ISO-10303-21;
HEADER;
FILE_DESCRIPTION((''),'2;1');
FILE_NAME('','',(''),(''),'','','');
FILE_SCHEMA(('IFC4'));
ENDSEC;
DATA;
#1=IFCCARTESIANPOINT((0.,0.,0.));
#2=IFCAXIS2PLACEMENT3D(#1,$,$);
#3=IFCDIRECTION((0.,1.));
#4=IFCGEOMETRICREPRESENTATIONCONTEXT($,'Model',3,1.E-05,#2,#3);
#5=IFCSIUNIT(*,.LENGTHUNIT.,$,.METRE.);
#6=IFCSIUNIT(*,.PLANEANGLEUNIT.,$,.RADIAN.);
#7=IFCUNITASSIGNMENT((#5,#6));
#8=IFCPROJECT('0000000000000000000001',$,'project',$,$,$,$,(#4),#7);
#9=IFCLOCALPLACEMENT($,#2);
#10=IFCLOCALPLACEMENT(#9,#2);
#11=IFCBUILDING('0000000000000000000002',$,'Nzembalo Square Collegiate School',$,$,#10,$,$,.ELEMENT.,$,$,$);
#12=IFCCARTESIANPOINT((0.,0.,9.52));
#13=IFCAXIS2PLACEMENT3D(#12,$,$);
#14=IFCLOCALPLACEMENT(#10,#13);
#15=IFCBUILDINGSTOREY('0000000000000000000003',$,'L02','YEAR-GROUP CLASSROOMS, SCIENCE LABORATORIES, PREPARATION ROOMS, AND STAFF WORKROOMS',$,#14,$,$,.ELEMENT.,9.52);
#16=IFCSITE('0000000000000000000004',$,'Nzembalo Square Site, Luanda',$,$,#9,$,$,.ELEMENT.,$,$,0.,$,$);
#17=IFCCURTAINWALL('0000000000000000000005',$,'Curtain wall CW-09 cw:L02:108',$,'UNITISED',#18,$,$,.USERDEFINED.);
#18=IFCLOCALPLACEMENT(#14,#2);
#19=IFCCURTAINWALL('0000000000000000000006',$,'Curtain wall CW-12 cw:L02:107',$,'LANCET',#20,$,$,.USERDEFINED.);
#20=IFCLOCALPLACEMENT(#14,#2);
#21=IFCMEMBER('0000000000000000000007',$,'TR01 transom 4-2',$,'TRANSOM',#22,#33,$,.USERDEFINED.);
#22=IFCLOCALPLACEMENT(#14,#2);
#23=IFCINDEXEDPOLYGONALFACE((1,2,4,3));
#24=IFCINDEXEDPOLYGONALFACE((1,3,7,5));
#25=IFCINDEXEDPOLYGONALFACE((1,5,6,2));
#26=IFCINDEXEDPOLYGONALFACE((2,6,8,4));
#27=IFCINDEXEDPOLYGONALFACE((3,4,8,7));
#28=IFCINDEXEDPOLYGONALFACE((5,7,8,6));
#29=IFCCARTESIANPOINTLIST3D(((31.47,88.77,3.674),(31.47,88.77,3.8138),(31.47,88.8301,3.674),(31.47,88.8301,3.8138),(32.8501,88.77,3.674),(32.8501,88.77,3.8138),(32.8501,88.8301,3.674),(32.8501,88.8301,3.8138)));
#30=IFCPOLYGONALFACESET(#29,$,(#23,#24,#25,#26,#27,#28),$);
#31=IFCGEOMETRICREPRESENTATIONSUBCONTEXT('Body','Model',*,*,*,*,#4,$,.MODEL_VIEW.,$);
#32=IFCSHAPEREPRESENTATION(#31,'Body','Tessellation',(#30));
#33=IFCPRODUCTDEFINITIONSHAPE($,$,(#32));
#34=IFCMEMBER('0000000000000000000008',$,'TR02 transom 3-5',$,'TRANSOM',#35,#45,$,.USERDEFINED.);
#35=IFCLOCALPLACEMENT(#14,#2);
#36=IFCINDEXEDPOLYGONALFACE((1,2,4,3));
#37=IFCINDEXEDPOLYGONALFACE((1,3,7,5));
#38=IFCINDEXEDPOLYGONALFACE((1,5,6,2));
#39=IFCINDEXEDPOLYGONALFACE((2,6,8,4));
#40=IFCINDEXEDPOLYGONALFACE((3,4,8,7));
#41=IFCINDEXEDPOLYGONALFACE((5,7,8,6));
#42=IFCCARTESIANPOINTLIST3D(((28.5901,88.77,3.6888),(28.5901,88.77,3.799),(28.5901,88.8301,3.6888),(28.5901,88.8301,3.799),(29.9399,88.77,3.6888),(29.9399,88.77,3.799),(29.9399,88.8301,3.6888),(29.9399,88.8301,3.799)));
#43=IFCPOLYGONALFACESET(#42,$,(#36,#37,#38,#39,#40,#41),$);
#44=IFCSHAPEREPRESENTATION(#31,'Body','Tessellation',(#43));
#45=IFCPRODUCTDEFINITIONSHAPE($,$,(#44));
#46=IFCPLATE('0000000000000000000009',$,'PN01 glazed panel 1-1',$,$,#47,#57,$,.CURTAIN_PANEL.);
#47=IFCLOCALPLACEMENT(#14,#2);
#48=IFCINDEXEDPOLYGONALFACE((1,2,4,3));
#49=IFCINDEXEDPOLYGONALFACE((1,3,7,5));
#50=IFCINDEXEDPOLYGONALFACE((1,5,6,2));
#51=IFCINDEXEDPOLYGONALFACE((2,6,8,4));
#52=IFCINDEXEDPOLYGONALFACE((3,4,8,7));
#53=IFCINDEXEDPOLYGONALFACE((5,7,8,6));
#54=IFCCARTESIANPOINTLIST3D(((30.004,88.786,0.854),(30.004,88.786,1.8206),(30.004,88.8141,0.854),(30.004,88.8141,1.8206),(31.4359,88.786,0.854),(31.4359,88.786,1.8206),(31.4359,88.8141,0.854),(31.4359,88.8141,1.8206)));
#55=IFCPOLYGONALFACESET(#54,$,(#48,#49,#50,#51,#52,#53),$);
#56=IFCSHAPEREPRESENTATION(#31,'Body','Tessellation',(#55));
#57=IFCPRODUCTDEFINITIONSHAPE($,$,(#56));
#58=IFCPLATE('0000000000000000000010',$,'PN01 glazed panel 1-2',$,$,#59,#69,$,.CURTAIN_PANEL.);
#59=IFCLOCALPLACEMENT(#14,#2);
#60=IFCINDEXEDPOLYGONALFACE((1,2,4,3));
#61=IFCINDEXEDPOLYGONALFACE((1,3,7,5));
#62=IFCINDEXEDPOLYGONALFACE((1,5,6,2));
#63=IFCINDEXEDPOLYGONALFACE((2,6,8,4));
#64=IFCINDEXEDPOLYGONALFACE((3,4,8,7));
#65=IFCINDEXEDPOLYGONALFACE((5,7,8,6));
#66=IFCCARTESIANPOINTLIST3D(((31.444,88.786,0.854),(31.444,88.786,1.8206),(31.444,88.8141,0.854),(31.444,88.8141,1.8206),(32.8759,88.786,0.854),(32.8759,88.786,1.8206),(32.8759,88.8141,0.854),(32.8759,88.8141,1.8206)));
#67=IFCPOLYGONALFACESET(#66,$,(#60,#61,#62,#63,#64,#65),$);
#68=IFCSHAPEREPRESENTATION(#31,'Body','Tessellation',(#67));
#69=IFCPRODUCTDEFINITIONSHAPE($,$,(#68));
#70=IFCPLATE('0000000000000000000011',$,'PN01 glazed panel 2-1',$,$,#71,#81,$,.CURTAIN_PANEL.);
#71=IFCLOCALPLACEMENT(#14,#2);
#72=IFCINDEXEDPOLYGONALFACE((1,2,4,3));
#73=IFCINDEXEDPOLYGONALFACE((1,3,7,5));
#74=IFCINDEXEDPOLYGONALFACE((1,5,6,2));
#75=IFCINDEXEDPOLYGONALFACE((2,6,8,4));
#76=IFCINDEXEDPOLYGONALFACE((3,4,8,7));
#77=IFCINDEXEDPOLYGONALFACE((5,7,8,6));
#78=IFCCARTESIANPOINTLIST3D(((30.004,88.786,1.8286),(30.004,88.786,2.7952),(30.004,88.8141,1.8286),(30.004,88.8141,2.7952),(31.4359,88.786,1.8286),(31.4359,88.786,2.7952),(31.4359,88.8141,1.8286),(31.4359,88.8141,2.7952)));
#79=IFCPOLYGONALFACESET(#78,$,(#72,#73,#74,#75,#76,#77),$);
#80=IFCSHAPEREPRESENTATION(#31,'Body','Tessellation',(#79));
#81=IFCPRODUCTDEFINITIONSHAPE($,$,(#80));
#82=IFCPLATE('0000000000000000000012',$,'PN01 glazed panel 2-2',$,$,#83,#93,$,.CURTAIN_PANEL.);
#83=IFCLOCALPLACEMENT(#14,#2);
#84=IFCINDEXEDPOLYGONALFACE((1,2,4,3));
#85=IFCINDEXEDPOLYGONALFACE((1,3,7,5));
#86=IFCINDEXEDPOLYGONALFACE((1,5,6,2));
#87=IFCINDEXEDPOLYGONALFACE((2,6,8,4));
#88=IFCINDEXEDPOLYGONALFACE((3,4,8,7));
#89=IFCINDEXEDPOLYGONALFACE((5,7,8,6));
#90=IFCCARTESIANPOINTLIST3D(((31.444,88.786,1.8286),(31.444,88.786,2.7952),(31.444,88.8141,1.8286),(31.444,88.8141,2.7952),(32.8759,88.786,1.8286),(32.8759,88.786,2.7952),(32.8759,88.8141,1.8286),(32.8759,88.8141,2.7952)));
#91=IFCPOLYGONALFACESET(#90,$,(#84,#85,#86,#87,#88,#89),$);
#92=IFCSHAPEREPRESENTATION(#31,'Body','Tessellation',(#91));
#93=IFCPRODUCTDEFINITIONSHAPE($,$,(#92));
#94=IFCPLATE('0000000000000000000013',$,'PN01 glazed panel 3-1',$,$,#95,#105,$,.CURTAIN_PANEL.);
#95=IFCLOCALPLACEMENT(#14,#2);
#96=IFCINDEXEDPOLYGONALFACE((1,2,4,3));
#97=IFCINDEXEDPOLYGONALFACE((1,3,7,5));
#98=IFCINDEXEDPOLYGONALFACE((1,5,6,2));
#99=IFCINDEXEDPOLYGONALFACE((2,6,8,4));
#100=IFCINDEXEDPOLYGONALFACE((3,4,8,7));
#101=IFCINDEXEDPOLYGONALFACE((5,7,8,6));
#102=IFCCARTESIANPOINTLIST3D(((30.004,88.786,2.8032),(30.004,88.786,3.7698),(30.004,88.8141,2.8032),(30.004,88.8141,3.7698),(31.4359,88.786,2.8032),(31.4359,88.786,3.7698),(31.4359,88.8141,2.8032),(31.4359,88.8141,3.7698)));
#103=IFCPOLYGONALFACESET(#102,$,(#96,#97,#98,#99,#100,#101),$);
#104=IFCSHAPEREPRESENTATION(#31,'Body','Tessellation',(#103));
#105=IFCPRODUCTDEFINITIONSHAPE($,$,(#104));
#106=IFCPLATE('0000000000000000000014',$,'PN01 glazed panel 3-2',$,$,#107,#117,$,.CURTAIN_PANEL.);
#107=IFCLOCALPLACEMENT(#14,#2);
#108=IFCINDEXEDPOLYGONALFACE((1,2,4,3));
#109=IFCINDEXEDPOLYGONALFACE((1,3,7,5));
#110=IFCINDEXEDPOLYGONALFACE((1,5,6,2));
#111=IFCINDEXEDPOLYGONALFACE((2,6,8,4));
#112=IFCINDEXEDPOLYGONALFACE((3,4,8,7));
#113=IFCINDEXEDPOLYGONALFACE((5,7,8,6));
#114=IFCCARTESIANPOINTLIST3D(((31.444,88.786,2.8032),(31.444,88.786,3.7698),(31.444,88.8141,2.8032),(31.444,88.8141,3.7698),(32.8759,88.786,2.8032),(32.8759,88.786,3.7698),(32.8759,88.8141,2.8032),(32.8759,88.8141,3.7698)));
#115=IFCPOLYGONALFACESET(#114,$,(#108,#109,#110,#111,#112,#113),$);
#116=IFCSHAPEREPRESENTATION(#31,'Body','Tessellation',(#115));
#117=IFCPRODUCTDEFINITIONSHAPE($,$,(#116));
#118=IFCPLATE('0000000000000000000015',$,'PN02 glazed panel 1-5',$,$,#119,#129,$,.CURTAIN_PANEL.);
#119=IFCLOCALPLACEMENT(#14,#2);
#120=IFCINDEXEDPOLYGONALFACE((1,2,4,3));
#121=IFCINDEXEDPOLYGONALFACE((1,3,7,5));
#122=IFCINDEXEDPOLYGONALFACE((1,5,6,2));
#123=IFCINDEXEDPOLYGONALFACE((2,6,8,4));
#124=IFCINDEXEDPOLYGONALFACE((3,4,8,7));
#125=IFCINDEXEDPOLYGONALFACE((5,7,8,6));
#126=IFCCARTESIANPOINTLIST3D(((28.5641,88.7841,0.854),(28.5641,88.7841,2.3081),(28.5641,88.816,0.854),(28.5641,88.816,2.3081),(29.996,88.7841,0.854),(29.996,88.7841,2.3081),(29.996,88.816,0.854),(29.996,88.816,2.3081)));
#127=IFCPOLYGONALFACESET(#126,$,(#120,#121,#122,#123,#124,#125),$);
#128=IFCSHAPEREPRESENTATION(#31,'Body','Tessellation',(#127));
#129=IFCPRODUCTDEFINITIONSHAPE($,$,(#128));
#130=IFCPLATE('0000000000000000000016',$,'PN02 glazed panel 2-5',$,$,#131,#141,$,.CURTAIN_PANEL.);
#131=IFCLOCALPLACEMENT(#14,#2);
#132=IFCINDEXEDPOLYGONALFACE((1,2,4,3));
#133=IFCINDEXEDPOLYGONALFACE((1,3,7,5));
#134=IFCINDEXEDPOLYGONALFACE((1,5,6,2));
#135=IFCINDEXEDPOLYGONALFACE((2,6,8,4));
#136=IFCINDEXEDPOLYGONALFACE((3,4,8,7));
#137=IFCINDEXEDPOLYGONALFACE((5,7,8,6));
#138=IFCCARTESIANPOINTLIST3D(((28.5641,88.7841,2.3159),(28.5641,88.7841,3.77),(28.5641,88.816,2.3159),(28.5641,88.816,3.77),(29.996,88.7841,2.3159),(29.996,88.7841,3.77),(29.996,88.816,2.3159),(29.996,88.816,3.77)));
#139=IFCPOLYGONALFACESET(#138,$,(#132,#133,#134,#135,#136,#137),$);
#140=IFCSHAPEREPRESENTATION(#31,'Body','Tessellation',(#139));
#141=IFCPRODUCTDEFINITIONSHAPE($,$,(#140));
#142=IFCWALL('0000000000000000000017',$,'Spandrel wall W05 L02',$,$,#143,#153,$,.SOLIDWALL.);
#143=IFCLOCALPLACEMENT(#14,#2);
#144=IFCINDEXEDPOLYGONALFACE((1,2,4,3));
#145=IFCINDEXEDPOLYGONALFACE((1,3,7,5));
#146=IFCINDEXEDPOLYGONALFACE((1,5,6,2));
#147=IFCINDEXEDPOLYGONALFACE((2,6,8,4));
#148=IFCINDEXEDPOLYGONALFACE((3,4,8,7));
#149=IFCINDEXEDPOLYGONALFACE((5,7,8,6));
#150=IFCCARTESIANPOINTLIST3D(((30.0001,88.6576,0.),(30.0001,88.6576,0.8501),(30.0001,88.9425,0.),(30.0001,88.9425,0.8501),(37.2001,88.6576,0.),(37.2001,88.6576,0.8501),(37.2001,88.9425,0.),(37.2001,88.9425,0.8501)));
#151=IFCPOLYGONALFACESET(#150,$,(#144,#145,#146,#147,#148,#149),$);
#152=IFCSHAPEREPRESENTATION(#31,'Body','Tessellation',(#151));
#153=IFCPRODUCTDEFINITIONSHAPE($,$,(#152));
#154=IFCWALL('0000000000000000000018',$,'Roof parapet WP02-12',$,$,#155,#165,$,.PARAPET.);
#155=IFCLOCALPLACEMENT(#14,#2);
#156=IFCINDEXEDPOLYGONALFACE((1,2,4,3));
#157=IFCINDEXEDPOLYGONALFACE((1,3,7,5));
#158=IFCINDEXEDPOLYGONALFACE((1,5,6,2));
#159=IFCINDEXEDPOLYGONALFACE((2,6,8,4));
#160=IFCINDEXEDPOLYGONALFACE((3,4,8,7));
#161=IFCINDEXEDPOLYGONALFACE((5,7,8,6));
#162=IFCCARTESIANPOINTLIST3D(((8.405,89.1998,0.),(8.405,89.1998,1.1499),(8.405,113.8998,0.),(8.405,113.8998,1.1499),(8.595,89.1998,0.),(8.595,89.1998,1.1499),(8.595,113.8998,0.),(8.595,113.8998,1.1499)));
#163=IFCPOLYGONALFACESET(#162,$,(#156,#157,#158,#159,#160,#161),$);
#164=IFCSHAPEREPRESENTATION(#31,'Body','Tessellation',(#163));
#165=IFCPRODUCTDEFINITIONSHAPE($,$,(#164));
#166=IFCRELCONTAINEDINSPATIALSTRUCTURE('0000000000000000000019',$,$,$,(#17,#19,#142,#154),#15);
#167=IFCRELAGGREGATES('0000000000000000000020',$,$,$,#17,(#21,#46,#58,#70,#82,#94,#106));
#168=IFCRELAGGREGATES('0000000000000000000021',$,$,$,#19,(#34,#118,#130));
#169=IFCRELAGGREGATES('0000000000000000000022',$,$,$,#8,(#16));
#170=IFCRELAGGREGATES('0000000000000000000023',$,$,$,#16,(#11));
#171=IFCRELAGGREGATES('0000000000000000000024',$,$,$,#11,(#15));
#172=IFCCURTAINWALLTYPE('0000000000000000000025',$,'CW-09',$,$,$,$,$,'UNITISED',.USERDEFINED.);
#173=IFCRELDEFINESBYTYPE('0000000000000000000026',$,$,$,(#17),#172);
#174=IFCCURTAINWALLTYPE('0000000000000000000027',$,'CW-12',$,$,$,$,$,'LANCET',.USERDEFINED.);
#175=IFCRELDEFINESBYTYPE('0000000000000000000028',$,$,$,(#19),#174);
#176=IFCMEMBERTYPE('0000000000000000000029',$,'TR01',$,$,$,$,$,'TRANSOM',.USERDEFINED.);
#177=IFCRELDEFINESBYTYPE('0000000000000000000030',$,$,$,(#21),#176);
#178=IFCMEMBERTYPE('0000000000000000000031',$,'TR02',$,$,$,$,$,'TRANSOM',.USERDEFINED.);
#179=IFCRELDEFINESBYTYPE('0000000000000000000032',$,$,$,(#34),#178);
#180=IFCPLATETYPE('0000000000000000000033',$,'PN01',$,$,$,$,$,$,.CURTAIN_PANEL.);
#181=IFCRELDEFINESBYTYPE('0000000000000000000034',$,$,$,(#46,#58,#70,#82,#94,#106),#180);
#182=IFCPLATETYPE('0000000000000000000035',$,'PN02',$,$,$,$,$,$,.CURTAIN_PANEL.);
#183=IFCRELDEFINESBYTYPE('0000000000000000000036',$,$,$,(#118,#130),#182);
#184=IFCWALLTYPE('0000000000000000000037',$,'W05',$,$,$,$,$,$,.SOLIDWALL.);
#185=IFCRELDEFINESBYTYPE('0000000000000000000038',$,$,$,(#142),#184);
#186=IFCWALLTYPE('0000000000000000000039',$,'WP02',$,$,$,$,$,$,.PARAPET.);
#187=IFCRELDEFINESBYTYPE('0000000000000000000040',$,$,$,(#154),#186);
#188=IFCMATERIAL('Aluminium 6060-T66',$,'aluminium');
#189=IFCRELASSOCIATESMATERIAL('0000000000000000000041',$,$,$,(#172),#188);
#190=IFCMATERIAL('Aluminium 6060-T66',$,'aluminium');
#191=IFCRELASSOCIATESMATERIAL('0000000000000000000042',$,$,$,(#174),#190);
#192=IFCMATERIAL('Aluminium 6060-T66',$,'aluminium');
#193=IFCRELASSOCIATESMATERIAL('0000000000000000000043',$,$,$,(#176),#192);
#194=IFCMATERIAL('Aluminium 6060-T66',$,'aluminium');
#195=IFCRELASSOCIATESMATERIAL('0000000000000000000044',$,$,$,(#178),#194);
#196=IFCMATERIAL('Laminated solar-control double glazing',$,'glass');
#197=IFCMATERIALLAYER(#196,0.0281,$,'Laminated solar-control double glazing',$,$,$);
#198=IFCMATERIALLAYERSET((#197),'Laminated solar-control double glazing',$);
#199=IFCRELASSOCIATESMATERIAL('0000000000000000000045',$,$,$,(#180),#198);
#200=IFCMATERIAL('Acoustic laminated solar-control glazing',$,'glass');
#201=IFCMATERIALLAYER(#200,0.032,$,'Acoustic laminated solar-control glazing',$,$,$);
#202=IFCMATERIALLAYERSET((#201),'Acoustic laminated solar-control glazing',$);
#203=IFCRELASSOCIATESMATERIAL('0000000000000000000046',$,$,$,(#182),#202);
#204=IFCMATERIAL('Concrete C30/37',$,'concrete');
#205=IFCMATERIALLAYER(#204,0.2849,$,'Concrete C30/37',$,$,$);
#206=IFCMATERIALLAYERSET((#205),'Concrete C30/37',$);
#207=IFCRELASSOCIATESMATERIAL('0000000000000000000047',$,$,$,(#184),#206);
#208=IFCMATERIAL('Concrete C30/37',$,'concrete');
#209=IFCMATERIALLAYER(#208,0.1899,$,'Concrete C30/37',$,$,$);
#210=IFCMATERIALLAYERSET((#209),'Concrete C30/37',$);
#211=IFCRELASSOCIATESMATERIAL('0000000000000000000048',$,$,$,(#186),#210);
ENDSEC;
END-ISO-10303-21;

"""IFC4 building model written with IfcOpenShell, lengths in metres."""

from ifc_helpers import new_model, si_unit, direction, frame, frame_2d, origin, origin_2d, place, context, subcontext, project, spatial, rectangle, extrude, material, layer, layer_set, material_profile, profile_set, type_object, element, aggregate, save


model = new_model("IFC4")

# Units and contexts
model_context = context("Model", 3, precision=1e-05, world=origin(), true_north=direction((0.0, 1.0)))
body_context = subcontext(model_context, "Body", "Model", "MODEL_VIEW")
ifc_project = project(units=[si_unit("LENGTHUNIT", "METRE"), si_unit("PLANEANGLEUNIT", "RADIAN")], contexts=[model_context])

# Site, building, storey
site_placement = place(None, origin())
site = spatial("IfcSite", under=ifc_project, at=site_placement, Name="Nzembalo Square Site, Luanda", CompositionType="ELEMENT", RefElevation=0.0)
building_placement = place(site_placement, origin())
building = spatial("IfcBuilding", under=site, at=building_placement, Name="Nzembalo Square Collegiate School", CompositionType="ELEMENT")
storey_placement = place(building_placement, frame((0.0, 0.0, 9.52)))
storey = spatial("IfcBuildingStorey", under=building, at=storey_placement, Name="L02", Description="YEAR-GROUP CLASSROOMS, SCIENCE LABORATORIES, PREPARATION ROOMS, AND STAFF WORKROOMS", CompositionType="ELEMENT", Elevation=9.52)

# Curtain wall
ifc_material_1 = material(Name="Aluminium 6060-T66", Category="aluminium")
curtain_wall_type_1 = type_object("IfcCurtainWallType", Name="CW-09", ElementType="UNITISED", PredefinedType="USERDEFINED", material=ifc_material_1)
curtain_wall_1_placement = place(storey_placement, origin())
curtain_wall_1 = element("IfcCurtainWall", 1, at=curtain_wall_1_placement, inside=storey, type_object=curtain_wall_type_1, Name="Curtain wall CW-09 cw:L02:108", ObjectType="UNITISED", PredefinedType="USERDEFINED")

# Curtain wall
ifc_material_2 = material(Name="Aluminium 6060-T66", Category="aluminium")
curtain_wall_type_2 = type_object("IfcCurtainWallType", Name="CW-12", ElementType="LANCET", PredefinedType="USERDEFINED", material=ifc_material_2)
curtain_wall_2_placement = place(storey_placement, origin())
curtain_wall_2 = element("IfcCurtainWall", 2, at=curtain_wall_2_placement, inside=storey, type_object=curtain_wall_type_2, Name="Curtain wall CW-12 cw:L02:107", ObjectType="LANCET", PredefinedType="USERDEFINED")

# Members
ifc_material_3 = material(Name="Aluminium 6060-T66", Category="aluminium")
ifc_material_profile_1 = material_profile(ifc_material_3, rectangle(XDim=0.0601, YDim=0.1399, at=origin_2d()), Name="ALU T60x140")
ifc_profile_set_1 = profile_set([ifc_material_profile_1], Name="Aluminium 6060-T66")
member_type_1 = type_object("IfcMemberType", Name="TR01", ElementType="TRANSOM", PredefinedType="USERDEFINED", material=ifc_profile_set_1)
member_1_placement = place(storey_placement, frame((31.47, 88.8, 3.7439), z_axis=(1.0, 0.0, 0.0), x_axis=(0.0, 1.0, 0.0)))
member_1 = element("IfcMember", 3, at=member_1_placement, type_object=member_type_1, Name="TR01 transom 4-2", ObjectType="TRANSOM", PredefinedType="USERDEFINED", context=body_context, shape_type="SweptSolid", body=[
    extrude(rectangle(XDim=0.0601, YDim=0.1399, at=origin_2d()), origin(), (0.0, 0.0, 1.0), 1.3801),
])
ifc_material_4 = material(Name="Aluminium 6060-T66", Category="aluminium")
ifc_material_profile_2 = material_profile(ifc_material_4, rectangle(XDim=0.0601, YDim=0.1101, at=origin_2d()), Name="ALU T60x110")
ifc_profile_set_2 = profile_set([ifc_material_profile_2], Name="Aluminium 6060-T66")
member_type_2 = type_object("IfcMemberType", Name="TR02", ElementType="TRANSOM", PredefinedType="USERDEFINED", material=ifc_profile_set_2)
member_2_placement = place(storey_placement, frame((28.5901, 88.8, 3.7439), z_axis=(1.0, 0.0, 0.0), x_axis=(0.0, 1.0, 0.0)))
member_2 = element("IfcMember", 4, at=member_2_placement, type_object=member_type_2, Name="TR02 transom 3-5", ObjectType="TRANSOM", PredefinedType="USERDEFINED", context=body_context, shape_type="SweptSolid", body=[
    extrude(rectangle(XDim=0.0601, YDim=0.1101, at=origin_2d()), origin(), (0.0, 0.0, 1.0), 1.3499),
])

# Plates
ifc_material_5 = material(Name="Laminated solar-control double glazing", Category="glass")
ifc_layer_1 = layer(ifc_material_5, 0.0281, Name="Laminated solar-control double glazing")
ifc_layer_set_1 = layer_set([ifc_layer_1], Name="Laminated solar-control double glazing")
plate_type_1 = type_object("IfcPlateType", Name="PN01", PredefinedType="CURTAIN_PANEL", material=ifc_layer_set_1)
plate_1_placement = place(storey_placement, frame((30.72, 88.8, 0.854), z_axis=(0.0, 0.0, 1.0), x_axis=(1.0, 0.0, 0.0)))
plate_1 = element("IfcPlate", 5, at=plate_1_placement, type_object=plate_type_1, Name="PN01 glazed panel 1-1", PredefinedType="CURTAIN_PANEL", context=body_context, shape_type="SweptSolid", body=[
    extrude(rectangle(XDim=1.4319, YDim=0.0281, at=origin_2d()), origin(), (0.0, 0.0, 1.0), 0.9666),
])
plate_2_placement = place(storey_placement, frame((32.1599, 88.8, 0.854), z_axis=(0.0, 0.0, 1.0), x_axis=(1.0, 0.0, 0.0)))
plate_2 = element("IfcPlate", 6, at=plate_2_placement, type_object=plate_type_1, Name="PN01 glazed panel 1-2", PredefinedType="CURTAIN_PANEL", context=body_context, shape_type="SweptSolid", body=[
    extrude(rectangle(XDim=1.4319, YDim=0.0281, at=origin_2d()), origin(), (0.0, 0.0, 1.0), 0.9666),
])
plate_3_placement = place(storey_placement, frame((30.72, 88.8, 1.8286), z_axis=(0.0, 0.0, 1.0), x_axis=(1.0, 0.0, 0.0)))
plate_3 = element("IfcPlate", 7, at=plate_3_placement, type_object=plate_type_1, Name="PN01 glazed panel 2-1", PredefinedType="CURTAIN_PANEL", context=body_context, shape_type="SweptSolid", body=[
    extrude(rectangle(XDim=1.4319, YDim=0.0281, at=origin_2d()), origin(), (0.0, 0.0, 1.0), 0.9666),
])
plate_4_placement = place(storey_placement, frame((32.1599, 88.8, 1.8286), z_axis=(0.0, 0.0, 1.0), x_axis=(1.0, 0.0, 0.0)))
plate_4 = element("IfcPlate", 8, at=plate_4_placement, type_object=plate_type_1, Name="PN01 glazed panel 2-2", PredefinedType="CURTAIN_PANEL", context=body_context, shape_type="SweptSolid", body=[
    extrude(rectangle(XDim=1.4319, YDim=0.0281, at=origin_2d()), origin(), (0.0, 0.0, 1.0), 0.9666),
])
plate_5_placement = place(storey_placement, frame((30.72, 88.8, 2.8032), z_axis=(0.0, 0.0, 1.0), x_axis=(1.0, 0.0, 0.0)))
plate_5 = element("IfcPlate", 9, at=plate_5_placement, type_object=plate_type_1, Name="PN01 glazed panel 3-1", PredefinedType="CURTAIN_PANEL", context=body_context, shape_type="SweptSolid", body=[
    extrude(rectangle(XDim=1.4319, YDim=0.0281, at=origin_2d()), origin(), (0.0, 0.0, 1.0), 0.9666),
])
plate_6_placement = place(storey_placement, frame((32.1599, 88.8, 2.8032), z_axis=(0.0, 0.0, 1.0), x_axis=(1.0, 0.0, 0.0)))
plate_6 = element("IfcPlate", 10, at=plate_6_placement, type_object=plate_type_1, Name="PN01 glazed panel 3-2", PredefinedType="CURTAIN_PANEL", context=body_context, shape_type="SweptSolid", body=[
    extrude(rectangle(XDim=1.4319, YDim=0.0281, at=origin_2d()), origin(), (0.0, 0.0, 1.0), 0.9666),
])
aggregate(curtain_wall_1, [member_1, plate_1, plate_2, plate_3, plate_4, plate_5, plate_6])
ifc_material_6 = material(Name="Acoustic laminated solar-control glazing", Category="glass")
ifc_layer_2 = layer(ifc_material_6, 0.032, Name="Acoustic laminated solar-control glazing")
ifc_layer_set_2 = layer_set([ifc_layer_2], Name="Acoustic laminated solar-control glazing")
plate_type_2 = type_object("IfcPlateType", Name="PN02", PredefinedType="CURTAIN_PANEL", material=ifc_layer_set_2)
plate_7_placement = place(storey_placement, frame((29.28, 88.8, 0.854), z_axis=(0.0, 0.0, 1.0), x_axis=(1.0, 0.0, 0.0)))
plate_7 = element("IfcPlate", 11, at=plate_7_placement, type_object=plate_type_2, Name="PN02 glazed panel 1-5", PredefinedType="CURTAIN_PANEL", context=body_context, shape_type="SweptSolid", body=[
    extrude(rectangle(XDim=1.4319, YDim=0.032, at=origin_2d()), origin(), (0.0, 0.0, 1.0), 1.4541),
])
plate_8_placement = place(storey_placement, frame((29.28, 88.8, 2.3159), z_axis=(0.0, 0.0, 1.0), x_axis=(1.0, 0.0, 0.0)))
plate_8 = element("IfcPlate", 12, at=plate_8_placement, type_object=plate_type_2, Name="PN02 glazed panel 2-5", PredefinedType="CURTAIN_PANEL", context=body_context, shape_type="SweptSolid", body=[
    extrude(rectangle(XDim=1.4319, YDim=0.032, at=origin_2d()), origin(), (0.0, 0.0, 1.0), 1.4541),
])
aggregate(curtain_wall_2, [member_2, plate_7, plate_8])

# Walls
ifc_material_7 = material(Name="Concrete C30/37", Category="concrete")
ifc_layer_3 = layer(ifc_material_7, 0.2849, Name="Concrete C30/37")
ifc_layer_set_3 = layer_set([ifc_layer_3], Name="Concrete C30/37")
wall_type_1 = type_object("IfcWallType", Name="W05", PredefinedType="SOLIDWALL", material=ifc_layer_set_3)
wall_1_placement = place(storey_placement, frame((30.0, 88.8, 0.0), z_axis=(0.0, 0.0, 1.0), x_axis=(1.0, 0.0, 0.0)))
element("IfcWall", 13, at=wall_1_placement, inside=storey, type_object=wall_type_1, Name="Spandrel wall W05 L02", PredefinedType="SOLIDWALL", context=body_context, shape_type="SweptSolid", body=[
    extrude(rectangle(XDim=7.2, YDim=0.2849, at=frame_2d((3.6001, 0.0))), origin(), (0.0, 0.0, 1.0), 0.8501),
])
ifc_material_8 = material(Name="Concrete C30/37", Category="concrete")
ifc_layer_4 = layer(ifc_material_8, 0.1899, Name="Concrete C30/37")
ifc_layer_set_4 = layer_set([ifc_layer_4], Name="Concrete C30/37")
wall_type_2 = type_object("IfcWallType", Name="WP02", PredefinedType="PARAPET", material=ifc_layer_set_4)
wall_2_placement = place(storey_placement, frame((8.5, 113.8999, 0.0), z_axis=(0.0, 0.0, 1.0), x_axis=(0.0, -1.0, 0.0)))
element("IfcWall", 14, at=wall_2_placement, inside=storey, type_object=wall_type_2, Name="Roof parapet WP02-12", PredefinedType="PARAPET", context=body_context, shape_type="SweptSolid", body=[
    extrude(rectangle(XDim=24.7, YDim=0.1899, at=frame_2d((12.3501, 0.0))), origin(), (0.0, 0.0, 1.0), 1.1499),
])

save(model, "model.ifc")
